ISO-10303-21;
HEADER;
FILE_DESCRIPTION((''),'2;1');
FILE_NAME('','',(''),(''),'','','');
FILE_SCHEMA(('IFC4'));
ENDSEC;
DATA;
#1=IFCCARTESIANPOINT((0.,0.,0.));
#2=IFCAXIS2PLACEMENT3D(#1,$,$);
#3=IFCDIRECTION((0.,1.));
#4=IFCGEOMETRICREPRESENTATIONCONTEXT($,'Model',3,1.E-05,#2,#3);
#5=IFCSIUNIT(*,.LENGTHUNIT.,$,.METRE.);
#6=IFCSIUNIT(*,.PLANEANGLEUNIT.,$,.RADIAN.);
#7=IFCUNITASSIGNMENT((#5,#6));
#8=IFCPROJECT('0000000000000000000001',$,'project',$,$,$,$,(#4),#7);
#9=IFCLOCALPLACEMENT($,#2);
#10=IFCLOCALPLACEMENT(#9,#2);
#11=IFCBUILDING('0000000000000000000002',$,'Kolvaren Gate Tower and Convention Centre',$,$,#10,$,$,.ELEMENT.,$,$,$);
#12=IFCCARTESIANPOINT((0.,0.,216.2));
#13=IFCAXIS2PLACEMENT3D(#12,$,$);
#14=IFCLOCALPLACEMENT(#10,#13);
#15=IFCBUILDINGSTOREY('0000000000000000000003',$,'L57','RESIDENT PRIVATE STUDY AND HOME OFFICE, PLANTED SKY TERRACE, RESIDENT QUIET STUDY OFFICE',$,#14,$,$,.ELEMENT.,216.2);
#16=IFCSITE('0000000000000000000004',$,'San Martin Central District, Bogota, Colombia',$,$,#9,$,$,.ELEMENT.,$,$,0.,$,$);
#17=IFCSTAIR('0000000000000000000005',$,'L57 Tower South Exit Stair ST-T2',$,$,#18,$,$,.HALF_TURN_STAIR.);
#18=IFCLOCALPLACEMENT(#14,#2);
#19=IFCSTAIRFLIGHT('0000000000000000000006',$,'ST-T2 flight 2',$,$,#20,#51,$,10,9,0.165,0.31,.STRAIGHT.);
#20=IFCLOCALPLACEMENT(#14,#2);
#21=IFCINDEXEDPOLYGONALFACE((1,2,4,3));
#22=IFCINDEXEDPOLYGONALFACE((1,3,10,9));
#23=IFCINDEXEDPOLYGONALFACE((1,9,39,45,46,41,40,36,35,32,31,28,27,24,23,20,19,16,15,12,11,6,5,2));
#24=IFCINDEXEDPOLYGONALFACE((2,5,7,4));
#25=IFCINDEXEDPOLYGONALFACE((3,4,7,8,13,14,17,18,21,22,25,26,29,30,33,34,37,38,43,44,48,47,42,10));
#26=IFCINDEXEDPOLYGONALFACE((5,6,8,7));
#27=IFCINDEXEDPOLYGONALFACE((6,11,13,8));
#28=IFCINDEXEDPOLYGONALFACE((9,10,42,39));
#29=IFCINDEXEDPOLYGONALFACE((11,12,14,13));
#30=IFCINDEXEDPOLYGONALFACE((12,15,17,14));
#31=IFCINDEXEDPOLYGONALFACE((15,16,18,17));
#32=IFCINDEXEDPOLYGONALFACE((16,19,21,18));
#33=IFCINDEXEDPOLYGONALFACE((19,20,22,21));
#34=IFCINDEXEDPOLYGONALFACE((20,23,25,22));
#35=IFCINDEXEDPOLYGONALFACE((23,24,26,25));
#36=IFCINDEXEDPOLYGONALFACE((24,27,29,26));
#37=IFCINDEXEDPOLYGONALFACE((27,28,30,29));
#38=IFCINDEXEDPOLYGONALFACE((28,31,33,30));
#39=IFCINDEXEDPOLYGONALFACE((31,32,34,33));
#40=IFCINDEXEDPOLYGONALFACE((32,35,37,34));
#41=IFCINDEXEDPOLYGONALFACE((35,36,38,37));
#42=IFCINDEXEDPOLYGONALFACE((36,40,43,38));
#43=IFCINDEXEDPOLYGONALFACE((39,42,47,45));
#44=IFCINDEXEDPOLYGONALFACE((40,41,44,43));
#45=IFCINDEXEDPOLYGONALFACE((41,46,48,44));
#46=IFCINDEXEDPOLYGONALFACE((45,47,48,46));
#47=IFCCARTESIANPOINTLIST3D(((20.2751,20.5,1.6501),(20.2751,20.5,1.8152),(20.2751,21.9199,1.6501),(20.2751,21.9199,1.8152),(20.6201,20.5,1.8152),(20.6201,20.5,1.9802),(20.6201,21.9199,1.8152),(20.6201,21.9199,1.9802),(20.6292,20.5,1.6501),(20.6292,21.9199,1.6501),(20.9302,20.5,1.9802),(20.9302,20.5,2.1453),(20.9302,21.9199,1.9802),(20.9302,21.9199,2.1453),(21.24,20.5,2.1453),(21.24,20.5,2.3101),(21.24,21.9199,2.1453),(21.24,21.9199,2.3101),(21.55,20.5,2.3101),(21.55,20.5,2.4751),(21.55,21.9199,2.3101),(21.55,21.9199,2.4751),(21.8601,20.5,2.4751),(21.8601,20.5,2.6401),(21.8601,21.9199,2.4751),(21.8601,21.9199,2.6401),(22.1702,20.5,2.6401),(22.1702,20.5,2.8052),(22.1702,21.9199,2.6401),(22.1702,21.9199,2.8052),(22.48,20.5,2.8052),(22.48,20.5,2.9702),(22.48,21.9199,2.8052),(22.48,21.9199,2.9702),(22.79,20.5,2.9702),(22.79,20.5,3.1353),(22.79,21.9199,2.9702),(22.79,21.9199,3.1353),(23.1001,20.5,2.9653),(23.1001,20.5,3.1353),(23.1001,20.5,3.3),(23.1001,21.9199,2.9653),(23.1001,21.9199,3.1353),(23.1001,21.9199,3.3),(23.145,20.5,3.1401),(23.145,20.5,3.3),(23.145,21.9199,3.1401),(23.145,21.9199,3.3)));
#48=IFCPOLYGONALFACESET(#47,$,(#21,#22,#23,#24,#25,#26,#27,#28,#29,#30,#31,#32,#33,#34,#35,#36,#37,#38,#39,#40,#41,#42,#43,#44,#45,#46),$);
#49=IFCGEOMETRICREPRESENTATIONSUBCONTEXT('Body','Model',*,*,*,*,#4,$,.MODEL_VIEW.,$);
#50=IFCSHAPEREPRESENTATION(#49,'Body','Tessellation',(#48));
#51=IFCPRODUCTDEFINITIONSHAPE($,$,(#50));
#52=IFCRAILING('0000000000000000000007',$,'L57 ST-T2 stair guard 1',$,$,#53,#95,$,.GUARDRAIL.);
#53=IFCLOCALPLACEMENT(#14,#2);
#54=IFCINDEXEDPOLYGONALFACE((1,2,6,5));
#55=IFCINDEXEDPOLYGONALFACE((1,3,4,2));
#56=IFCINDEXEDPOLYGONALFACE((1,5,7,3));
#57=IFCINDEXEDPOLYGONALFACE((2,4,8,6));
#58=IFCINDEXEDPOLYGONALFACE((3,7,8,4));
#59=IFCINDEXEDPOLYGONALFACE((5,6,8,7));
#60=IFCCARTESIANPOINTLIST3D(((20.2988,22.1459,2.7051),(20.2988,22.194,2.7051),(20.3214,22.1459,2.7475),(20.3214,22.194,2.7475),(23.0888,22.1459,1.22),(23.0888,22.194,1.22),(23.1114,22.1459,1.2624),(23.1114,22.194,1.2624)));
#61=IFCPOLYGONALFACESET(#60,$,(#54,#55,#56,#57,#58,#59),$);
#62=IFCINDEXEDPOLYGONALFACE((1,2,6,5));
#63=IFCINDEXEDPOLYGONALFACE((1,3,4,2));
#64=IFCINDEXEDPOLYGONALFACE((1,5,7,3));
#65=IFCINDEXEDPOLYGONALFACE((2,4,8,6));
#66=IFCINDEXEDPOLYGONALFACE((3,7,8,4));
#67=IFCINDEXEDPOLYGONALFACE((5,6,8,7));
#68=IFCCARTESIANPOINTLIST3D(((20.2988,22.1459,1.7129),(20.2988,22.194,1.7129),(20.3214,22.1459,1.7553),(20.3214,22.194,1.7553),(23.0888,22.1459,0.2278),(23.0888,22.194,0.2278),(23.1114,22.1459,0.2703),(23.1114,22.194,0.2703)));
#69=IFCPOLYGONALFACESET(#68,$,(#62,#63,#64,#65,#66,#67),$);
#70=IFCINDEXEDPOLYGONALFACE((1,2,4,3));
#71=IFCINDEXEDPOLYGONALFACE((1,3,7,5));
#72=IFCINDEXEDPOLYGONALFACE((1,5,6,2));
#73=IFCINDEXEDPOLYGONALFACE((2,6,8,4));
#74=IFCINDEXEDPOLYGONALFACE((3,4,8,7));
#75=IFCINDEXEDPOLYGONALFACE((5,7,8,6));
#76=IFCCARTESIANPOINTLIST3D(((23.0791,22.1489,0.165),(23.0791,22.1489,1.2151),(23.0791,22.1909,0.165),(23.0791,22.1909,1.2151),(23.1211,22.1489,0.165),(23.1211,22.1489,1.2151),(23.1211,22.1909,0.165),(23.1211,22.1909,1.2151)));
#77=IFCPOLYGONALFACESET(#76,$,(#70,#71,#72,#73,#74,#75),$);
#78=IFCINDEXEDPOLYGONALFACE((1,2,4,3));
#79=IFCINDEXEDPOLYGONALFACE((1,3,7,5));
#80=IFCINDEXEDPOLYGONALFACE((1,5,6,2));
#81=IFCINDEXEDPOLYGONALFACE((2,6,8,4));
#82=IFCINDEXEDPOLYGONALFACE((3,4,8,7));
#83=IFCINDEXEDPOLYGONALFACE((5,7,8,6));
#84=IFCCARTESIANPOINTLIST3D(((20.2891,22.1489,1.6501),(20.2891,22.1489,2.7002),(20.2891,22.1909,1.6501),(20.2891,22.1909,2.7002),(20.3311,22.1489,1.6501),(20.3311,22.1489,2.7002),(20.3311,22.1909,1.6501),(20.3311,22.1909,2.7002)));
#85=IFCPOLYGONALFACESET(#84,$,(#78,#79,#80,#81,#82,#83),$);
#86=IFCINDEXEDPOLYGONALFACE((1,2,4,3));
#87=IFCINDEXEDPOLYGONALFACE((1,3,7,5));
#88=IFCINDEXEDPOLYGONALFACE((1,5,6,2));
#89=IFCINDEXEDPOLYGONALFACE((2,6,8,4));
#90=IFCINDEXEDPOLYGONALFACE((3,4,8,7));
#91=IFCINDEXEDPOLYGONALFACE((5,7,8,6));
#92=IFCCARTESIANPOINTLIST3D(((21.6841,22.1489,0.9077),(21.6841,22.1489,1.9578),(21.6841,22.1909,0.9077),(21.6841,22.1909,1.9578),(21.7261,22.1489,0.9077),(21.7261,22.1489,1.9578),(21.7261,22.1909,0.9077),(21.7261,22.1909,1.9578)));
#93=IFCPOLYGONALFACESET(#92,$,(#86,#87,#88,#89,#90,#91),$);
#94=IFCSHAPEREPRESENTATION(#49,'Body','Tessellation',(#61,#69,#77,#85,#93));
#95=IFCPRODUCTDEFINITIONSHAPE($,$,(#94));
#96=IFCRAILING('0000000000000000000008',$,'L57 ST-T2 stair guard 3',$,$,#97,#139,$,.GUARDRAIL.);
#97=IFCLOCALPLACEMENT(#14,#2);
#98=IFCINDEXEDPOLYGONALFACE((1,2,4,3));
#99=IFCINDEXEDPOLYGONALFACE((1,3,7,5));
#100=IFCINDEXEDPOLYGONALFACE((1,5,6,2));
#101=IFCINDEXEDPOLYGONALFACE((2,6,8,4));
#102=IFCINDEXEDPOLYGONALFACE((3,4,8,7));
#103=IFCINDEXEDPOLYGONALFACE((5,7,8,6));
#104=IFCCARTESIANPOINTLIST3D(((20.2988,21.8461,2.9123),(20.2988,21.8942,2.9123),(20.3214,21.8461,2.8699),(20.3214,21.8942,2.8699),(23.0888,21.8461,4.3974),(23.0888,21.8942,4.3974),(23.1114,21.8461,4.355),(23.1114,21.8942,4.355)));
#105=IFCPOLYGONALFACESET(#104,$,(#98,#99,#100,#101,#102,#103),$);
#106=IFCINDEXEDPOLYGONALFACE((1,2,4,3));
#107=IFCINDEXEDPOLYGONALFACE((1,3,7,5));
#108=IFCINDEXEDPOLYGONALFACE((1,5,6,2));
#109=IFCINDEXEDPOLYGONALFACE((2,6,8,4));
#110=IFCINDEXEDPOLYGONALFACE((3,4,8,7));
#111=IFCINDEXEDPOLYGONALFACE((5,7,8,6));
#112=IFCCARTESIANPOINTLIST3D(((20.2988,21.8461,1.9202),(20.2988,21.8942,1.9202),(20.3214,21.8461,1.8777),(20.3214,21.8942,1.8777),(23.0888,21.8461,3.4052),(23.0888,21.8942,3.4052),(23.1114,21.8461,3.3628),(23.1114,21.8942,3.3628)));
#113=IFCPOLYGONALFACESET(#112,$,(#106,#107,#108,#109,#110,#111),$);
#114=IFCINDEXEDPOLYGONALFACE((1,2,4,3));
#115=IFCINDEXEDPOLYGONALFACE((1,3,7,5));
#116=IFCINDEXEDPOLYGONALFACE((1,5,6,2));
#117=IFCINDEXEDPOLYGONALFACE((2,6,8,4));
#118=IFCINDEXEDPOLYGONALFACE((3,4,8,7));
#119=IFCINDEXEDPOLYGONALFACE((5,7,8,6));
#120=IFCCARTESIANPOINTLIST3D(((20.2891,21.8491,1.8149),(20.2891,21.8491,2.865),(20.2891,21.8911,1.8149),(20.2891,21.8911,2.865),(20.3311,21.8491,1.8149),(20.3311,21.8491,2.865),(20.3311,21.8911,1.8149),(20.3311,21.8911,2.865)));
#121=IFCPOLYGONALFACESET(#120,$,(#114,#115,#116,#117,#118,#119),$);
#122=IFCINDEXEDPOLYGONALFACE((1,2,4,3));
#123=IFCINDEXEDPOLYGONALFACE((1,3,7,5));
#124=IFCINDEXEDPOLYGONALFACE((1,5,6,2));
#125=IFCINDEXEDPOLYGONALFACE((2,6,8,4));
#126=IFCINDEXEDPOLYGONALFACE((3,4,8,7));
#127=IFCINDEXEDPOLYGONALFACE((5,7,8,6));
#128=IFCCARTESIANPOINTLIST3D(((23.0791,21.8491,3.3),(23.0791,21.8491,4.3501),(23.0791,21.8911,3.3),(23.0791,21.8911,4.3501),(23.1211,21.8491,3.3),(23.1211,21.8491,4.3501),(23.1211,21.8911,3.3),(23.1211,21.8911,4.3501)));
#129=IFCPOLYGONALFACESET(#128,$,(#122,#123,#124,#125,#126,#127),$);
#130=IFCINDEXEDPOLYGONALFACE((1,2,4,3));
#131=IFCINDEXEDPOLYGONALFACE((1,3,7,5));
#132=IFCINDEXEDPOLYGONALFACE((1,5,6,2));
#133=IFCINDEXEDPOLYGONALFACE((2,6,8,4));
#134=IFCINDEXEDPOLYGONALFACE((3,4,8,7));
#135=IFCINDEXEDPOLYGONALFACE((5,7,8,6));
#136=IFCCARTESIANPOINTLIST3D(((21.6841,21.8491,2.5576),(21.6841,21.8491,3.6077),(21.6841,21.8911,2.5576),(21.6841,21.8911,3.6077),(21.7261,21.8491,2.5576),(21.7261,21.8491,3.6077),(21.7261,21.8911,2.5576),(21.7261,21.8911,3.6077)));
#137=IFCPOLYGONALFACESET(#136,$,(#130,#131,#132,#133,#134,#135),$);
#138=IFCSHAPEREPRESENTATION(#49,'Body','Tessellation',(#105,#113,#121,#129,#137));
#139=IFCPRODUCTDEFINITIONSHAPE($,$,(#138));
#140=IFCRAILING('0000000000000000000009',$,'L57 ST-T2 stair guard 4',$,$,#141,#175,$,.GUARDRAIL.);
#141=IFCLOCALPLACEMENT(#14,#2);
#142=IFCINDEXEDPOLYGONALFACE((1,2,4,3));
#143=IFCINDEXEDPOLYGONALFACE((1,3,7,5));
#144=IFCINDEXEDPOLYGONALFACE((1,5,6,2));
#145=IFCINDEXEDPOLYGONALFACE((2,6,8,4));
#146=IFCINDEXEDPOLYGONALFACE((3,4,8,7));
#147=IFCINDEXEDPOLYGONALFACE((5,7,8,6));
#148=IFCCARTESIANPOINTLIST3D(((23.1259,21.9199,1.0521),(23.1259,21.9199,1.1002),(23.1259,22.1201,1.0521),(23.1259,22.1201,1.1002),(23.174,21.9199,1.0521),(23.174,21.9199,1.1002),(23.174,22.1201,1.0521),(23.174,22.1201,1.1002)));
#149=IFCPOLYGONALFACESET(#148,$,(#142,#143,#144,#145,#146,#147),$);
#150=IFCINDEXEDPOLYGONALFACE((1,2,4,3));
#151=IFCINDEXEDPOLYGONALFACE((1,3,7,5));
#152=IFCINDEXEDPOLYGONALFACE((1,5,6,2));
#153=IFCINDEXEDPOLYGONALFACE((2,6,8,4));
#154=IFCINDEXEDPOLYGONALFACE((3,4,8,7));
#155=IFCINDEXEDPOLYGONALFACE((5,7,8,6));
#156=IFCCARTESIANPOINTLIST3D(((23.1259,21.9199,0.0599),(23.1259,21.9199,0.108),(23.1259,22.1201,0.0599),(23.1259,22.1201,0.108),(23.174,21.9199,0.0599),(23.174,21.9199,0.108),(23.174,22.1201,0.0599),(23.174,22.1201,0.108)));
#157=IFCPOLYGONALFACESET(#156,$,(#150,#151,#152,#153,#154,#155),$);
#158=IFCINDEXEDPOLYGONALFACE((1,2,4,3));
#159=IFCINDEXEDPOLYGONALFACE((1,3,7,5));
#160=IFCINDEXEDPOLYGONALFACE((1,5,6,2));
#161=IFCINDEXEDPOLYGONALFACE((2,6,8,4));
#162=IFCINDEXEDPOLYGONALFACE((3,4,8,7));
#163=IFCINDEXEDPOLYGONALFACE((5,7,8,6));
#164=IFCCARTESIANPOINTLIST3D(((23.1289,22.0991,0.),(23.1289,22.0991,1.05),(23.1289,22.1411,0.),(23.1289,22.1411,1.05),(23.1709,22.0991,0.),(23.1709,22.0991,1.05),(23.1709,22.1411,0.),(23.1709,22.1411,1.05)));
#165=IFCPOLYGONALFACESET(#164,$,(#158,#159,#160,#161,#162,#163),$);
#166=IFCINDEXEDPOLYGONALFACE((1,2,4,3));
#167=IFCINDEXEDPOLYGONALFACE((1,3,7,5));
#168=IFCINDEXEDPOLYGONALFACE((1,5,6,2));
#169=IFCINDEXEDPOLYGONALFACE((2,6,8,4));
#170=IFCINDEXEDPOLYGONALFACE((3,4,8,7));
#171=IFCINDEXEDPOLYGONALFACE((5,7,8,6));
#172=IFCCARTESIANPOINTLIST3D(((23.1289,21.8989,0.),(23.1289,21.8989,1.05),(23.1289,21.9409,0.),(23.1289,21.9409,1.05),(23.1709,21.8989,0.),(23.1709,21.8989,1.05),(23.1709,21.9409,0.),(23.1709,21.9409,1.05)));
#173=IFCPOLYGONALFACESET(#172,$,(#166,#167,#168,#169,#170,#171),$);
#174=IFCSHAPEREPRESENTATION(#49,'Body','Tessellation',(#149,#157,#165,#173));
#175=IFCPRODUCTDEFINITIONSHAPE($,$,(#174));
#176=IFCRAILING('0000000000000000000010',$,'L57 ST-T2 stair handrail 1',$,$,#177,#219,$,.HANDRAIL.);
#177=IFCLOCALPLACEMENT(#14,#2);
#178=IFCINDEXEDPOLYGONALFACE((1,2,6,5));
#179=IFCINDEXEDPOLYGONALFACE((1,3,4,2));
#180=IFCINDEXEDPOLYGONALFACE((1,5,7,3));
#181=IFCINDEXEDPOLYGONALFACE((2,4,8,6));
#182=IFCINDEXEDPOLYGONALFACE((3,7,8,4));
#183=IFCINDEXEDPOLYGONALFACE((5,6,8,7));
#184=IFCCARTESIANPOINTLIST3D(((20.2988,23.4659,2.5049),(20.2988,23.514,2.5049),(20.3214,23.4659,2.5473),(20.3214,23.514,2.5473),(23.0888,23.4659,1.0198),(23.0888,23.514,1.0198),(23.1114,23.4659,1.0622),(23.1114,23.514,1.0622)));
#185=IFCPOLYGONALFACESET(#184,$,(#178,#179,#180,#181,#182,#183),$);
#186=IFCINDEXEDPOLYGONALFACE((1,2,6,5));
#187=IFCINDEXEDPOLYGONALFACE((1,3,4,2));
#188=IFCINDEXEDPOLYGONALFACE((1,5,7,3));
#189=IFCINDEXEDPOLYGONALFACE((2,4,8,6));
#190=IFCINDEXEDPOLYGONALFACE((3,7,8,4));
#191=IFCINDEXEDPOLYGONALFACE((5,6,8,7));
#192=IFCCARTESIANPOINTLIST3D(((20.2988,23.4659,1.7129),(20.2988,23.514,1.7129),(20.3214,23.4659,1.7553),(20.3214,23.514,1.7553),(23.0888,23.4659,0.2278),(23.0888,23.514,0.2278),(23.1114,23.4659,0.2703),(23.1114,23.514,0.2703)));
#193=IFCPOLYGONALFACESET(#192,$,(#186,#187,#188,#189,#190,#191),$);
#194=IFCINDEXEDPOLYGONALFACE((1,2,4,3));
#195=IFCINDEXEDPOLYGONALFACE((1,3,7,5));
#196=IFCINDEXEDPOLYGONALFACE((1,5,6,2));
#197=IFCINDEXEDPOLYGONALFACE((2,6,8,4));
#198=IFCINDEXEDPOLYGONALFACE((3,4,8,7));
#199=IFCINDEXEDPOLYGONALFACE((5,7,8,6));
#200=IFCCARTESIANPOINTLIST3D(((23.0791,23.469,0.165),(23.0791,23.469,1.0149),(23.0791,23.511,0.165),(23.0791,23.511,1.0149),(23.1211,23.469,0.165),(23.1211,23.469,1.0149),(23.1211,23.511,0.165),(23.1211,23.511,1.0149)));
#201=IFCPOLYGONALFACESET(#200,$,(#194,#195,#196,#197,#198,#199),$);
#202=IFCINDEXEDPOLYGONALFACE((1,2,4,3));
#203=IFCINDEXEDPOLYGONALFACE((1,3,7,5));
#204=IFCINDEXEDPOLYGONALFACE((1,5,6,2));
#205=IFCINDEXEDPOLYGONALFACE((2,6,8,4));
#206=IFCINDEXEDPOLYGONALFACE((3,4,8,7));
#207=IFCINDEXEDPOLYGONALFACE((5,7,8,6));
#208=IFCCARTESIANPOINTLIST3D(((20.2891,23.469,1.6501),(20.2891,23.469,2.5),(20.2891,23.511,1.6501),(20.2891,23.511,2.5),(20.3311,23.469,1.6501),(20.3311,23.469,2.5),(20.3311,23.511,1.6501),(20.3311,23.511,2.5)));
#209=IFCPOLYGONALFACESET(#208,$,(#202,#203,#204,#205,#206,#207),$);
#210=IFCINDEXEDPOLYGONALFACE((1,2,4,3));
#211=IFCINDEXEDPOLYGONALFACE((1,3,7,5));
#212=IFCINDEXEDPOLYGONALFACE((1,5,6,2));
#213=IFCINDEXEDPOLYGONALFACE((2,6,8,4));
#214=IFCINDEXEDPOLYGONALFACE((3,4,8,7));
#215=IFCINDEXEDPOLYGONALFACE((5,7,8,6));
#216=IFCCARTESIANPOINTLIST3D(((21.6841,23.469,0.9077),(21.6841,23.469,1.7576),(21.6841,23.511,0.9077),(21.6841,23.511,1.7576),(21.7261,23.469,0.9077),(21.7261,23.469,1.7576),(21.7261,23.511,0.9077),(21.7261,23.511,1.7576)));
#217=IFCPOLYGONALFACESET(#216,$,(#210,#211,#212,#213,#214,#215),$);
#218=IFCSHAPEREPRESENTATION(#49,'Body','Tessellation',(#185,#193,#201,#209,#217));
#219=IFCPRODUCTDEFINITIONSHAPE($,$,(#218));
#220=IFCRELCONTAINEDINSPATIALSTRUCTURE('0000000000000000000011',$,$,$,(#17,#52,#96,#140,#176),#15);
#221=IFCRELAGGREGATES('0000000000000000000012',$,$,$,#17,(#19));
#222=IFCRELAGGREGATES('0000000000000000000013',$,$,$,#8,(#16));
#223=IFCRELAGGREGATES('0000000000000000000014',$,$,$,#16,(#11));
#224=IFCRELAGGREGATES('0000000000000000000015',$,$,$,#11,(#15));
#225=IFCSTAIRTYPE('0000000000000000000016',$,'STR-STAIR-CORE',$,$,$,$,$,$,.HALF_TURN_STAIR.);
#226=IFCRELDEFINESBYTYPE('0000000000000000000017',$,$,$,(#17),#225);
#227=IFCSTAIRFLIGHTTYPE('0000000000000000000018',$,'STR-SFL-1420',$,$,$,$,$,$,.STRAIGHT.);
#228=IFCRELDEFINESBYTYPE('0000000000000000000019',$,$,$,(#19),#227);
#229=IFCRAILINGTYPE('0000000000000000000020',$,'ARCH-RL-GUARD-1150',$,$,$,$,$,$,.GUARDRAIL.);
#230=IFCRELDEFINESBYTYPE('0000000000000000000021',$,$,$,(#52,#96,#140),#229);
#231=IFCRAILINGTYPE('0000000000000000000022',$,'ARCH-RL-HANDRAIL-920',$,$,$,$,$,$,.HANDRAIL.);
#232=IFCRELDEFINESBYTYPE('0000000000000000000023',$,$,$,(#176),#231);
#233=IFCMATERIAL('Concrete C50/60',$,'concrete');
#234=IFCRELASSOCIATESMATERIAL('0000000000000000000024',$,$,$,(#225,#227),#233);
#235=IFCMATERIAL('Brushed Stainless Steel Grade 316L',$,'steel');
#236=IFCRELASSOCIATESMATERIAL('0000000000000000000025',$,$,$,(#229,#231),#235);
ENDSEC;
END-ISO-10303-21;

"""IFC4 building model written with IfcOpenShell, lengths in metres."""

from ifc_helpers import new_model, si_unit, direction, frame, origin, origin_2d, place, context, subcontext, project, spatial, polyline, rectangle, outline, extrude, material, type_object, element, aggregate, save


model = new_model("IFC4")

# Units and contexts
model_context = context("Model", 3, precision=1e-05, world=origin(), true_north=direction((0.0, 1.0)))
body_context = subcontext(model_context, "Body", "Model", "MODEL_VIEW")
ifc_project = project(units=[si_unit("LENGTHUNIT", "METRE"), si_unit("PLANEANGLEUNIT", "RADIAN")], contexts=[model_context])

# Site, building, storey
site_placement = place(None, origin())
site = spatial("IfcSite", under=ifc_project, at=site_placement, Name="San Martin Central District, Bogota, Colombia", CompositionType="ELEMENT", RefElevation=0.0)
building_placement = place(site_placement, origin())
building = spatial("IfcBuilding", under=site, at=building_placement, Name="Kolvaren Gate Tower and Convention Centre", CompositionType="ELEMENT")
storey_placement = place(building_placement, frame((0.0, 0.0, 216.2)))
storey = spatial("IfcBuildingStorey", under=building, at=storey_placement, Name="L57", Description="RESIDENT PRIVATE STUDY AND HOME OFFICE, PLANTED SKY TERRACE, RESIDENT QUIET STUDY OFFICE", CompositionType="ELEMENT", Elevation=216.2)

# Shared definitions
ifc_material_1 = material(Name="Brushed Stainless Steel Grade 316L", Category="steel")

# Shared definitions
ifc_material_2 = material(Name="Concrete C50/60", Category="concrete")

# Stair, stair flight
stair_type = type_object("IfcStairType", Name="STR-STAIR-CORE", PredefinedType="HALF_TURN_STAIR", material=ifc_material_2)
stair_placement = place(storey_placement, origin())
stair = element("IfcStair", 1, at=stair_placement, inside=storey, type_object=stair_type, Name="L57 Tower South Exit Stair ST-T2", PredefinedType="HALF_TURN_STAIR")
stair_flight_type = type_object("IfcStairFlightType", Name="STR-SFL-1420", PredefinedType="STRAIGHT", material=ifc_material_2)
stair_flight_1_placement = place(storey_placement, frame((20.3101, 21.21, 1.6501), z_axis=(0.0, 0.0, 1.0), x_axis=(1.0, 0.0, 0.0)))
stair_flight_1 = element("IfcStairFlight", 2, at=stair_flight_1_placement, type_object=stair_flight_type, Name="ST-T2 flight 2", NumberOfRisers=10, NumberOfTreads=9, PredefinedType="STRAIGHT", RiserHeight=0.165, TreadLength=0.31, context=body_context, shape_type="SweptSolid", body=[
    extrude(outline(polyline([(-0.0349, 0.0), (-0.0349, 0.165), (0.3101, 0.165), (0.3101, 0.3301), (0.6201, 0.3301), (0.6201, 0.4951), (0.9299, 0.4951), (0.9299, 0.6599), (1.24, 0.6599), (1.24, 0.825), (1.55, 0.825), (1.55, 0.99), (1.8601, 0.99), (1.8601, 1.155), (2.1699, 1.155), (2.1699, 1.3201), (2.48, 1.3201), (2.48, 1.4851), (2.79, 1.4851), (2.79, 1.6499), (2.835, 1.6499), (2.835, 1.49), (2.79, 1.3152), (0.3191, 0.0), (-0.0349, 0.0)])), frame((0.0, 0.71, 0.0), z_axis=(0.0, -1.0, 0.0), x_axis=(1.0, 0.0, 0.0)), (0.0, 0.0, 1.0), 1.4199),
])
aggregate(stair, [stair_flight_1])

# Railings
railing_type_1 = type_object("IfcRailingType", Name="ARCH-RL-GUARD-1150", PredefinedType="GUARDRAIL", material=ifc_material_1)
railing_1_placement = place(storey_placement, frame((23.1001, 22.1699, 0.165)))
element("IfcRailing", 3, at=railing_1_placement, inside=storey, type_object=railing_type_1, Name="L57 ST-T2 stair guard 1", PredefinedType="GUARDRAIL", context=body_context, shape_type="SweptSolid", body=[
    extrude(rectangle(XDim=0.0481, YDim=0.0481, at=origin_2d()), frame((0.0, 0.0, 1.0762), z_axis=(-0.882735, 0.0, 0.46987), x_axis=(0.0, -1.0, 0.0)), (0.0, 0.0, 1.0), 3.1606),
    extrude(rectangle(XDim=0.0481, YDim=0.0481, at=origin_2d()), frame((0.0, 0.0, 0.084), z_axis=(-0.882735, 0.0, 0.46987), x_axis=(0.0, -1.0, 0.0)), (0.0, 0.0, 1.0), 3.1606),
    extrude(rectangle(XDim=0.042, YDim=0.042, at=origin_2d()), origin(), (0.0, 0.0, 1.0), 1.05),
    extrude(rectangle(XDim=0.042, YDim=0.042, at=origin_2d()), frame((-2.79, 0.0, 1.4851)), (0.0, 0.0, 1.0), 1.05),
    extrude(rectangle(XDim=0.042, YDim=0.042, at=origin_2d()), frame((-1.395, 0.0, 0.7427)), (0.0, 0.0, 1.0), 1.05),
])
railing_2_placement = place(storey_placement, frame((20.3101, 21.8701, 1.8149)))
element("IfcRailing", 4, at=railing_2_placement, inside=storey, type_object=railing_type_1, Name="L57 ST-T2 stair guard 3", PredefinedType="GUARDRAIL", context=body_context, shape_type="SweptSolid", body=[
    extrude(rectangle(XDim=0.0481, YDim=0.0481, at=origin_2d()), frame((0.0, 0.0, 1.0762), z_axis=(0.882735, 0.0, 0.46987), x_axis=(0.0, 1.0, 0.0)), (0.0, 0.0, 1.0), 3.1606),
    extrude(rectangle(XDim=0.0481, YDim=0.0481, at=origin_2d()), frame((0.0, 0.0, 0.084), z_axis=(0.882735, 0.0, 0.46987), x_axis=(0.0, 1.0, 0.0)), (0.0, 0.0, 1.0), 3.1606),
    extrude(rectangle(XDim=0.042, YDim=0.042, at=origin_2d()), origin(), (0.0, 0.0, 1.0), 1.05),
    extrude(rectangle(XDim=0.042, YDim=0.042, at=origin_2d()), frame((2.79, 0.0, 1.4851)), (0.0, 0.0, 1.0), 1.05),
    extrude(rectangle(XDim=0.042, YDim=0.042, at=origin_2d()), frame((1.395, 0.0, 0.7427)), (0.0, 0.0, 1.0), 1.05),
])
railing_3_placement = place(storey_placement, frame((23.1499, 22.1201, 0.0)))
element("IfcRailing", 5, at=railing_3_placement, inside=storey, type_object=railing_type_1, Name="L57 ST-T2 stair guard 4", PredefinedType="GUARDRAIL", context=body_context, shape_type="SweptSolid", body=[
    extrude(rectangle(XDim=0.0481, YDim=0.0481, at=origin_2d()), frame((0.0, 0.0, 1.0762), z_axis=(0.0, -1.0, 0.0), x_axis=(1.0, 0.0, 0.0)), (0.0, 0.0, 1.0), 0.2002),
    extrude(rectangle(XDim=0.0481, YDim=0.0481, at=origin_2d()), frame((0.0, 0.0, 0.084), z_axis=(0.0, -1.0, 0.0), x_axis=(1.0, 0.0, 0.0)), (0.0, 0.0, 1.0), 0.2002),
    extrude(rectangle(XDim=0.042, YDim=0.042, at=origin_2d()), origin(), (0.0, 0.0, 1.0), 1.05),
    extrude(rectangle(XDim=0.042, YDim=0.042, at=origin_2d()), frame((0.0, -0.2002, 0.0)), (0.0, 0.0, 1.0), 1.05),
])
railing_type_2 = type_object("IfcRailingType", Name="ARCH-RL-HANDRAIL-920", PredefinedType="HANDRAIL", material=ifc_material_1)
railing_4_placement = place(storey_placement, frame((23.1001, 23.49, 0.165)))
element("IfcRailing", 6, at=railing_4_placement, inside=storey, type_object=railing_type_2, Name="L57 ST-T2 stair handrail 1", PredefinedType="HANDRAIL", context=body_context, shape_type="SweptSolid", body=[
    extrude(rectangle(XDim=0.0481, YDim=0.0481, at=origin_2d()), frame((0.0, 0.0, 0.876), z_axis=(-0.882735, 0.0, 0.46987), x_axis=(0.0, -1.0, 0.0)), (0.0, 0.0, 1.0), 3.1606),
    extrude(rectangle(XDim=0.0481, YDim=0.0481, at=origin_2d()), frame((0.0, 0.0, 0.084), z_axis=(-0.882735, 0.0, 0.46987), x_axis=(0.0, -1.0, 0.0)), (0.0, 0.0, 1.0), 3.1606),
    extrude(rectangle(XDim=0.042, YDim=0.042, at=origin_2d()), origin(), (0.0, 0.0, 1.0), 0.8499),
    extrude(rectangle(XDim=0.042, YDim=0.042, at=origin_2d()), frame((-2.79, 0.0, 1.4851)), (0.0, 0.0, 1.0), 0.8499),
    extrude(rectangle(XDim=0.042, YDim=0.042, at=origin_2d()), frame((-1.395, 0.0, 0.7427)), (0.0, 0.0, 1.0), 0.8499),
])

save(model, "model.ifc")
